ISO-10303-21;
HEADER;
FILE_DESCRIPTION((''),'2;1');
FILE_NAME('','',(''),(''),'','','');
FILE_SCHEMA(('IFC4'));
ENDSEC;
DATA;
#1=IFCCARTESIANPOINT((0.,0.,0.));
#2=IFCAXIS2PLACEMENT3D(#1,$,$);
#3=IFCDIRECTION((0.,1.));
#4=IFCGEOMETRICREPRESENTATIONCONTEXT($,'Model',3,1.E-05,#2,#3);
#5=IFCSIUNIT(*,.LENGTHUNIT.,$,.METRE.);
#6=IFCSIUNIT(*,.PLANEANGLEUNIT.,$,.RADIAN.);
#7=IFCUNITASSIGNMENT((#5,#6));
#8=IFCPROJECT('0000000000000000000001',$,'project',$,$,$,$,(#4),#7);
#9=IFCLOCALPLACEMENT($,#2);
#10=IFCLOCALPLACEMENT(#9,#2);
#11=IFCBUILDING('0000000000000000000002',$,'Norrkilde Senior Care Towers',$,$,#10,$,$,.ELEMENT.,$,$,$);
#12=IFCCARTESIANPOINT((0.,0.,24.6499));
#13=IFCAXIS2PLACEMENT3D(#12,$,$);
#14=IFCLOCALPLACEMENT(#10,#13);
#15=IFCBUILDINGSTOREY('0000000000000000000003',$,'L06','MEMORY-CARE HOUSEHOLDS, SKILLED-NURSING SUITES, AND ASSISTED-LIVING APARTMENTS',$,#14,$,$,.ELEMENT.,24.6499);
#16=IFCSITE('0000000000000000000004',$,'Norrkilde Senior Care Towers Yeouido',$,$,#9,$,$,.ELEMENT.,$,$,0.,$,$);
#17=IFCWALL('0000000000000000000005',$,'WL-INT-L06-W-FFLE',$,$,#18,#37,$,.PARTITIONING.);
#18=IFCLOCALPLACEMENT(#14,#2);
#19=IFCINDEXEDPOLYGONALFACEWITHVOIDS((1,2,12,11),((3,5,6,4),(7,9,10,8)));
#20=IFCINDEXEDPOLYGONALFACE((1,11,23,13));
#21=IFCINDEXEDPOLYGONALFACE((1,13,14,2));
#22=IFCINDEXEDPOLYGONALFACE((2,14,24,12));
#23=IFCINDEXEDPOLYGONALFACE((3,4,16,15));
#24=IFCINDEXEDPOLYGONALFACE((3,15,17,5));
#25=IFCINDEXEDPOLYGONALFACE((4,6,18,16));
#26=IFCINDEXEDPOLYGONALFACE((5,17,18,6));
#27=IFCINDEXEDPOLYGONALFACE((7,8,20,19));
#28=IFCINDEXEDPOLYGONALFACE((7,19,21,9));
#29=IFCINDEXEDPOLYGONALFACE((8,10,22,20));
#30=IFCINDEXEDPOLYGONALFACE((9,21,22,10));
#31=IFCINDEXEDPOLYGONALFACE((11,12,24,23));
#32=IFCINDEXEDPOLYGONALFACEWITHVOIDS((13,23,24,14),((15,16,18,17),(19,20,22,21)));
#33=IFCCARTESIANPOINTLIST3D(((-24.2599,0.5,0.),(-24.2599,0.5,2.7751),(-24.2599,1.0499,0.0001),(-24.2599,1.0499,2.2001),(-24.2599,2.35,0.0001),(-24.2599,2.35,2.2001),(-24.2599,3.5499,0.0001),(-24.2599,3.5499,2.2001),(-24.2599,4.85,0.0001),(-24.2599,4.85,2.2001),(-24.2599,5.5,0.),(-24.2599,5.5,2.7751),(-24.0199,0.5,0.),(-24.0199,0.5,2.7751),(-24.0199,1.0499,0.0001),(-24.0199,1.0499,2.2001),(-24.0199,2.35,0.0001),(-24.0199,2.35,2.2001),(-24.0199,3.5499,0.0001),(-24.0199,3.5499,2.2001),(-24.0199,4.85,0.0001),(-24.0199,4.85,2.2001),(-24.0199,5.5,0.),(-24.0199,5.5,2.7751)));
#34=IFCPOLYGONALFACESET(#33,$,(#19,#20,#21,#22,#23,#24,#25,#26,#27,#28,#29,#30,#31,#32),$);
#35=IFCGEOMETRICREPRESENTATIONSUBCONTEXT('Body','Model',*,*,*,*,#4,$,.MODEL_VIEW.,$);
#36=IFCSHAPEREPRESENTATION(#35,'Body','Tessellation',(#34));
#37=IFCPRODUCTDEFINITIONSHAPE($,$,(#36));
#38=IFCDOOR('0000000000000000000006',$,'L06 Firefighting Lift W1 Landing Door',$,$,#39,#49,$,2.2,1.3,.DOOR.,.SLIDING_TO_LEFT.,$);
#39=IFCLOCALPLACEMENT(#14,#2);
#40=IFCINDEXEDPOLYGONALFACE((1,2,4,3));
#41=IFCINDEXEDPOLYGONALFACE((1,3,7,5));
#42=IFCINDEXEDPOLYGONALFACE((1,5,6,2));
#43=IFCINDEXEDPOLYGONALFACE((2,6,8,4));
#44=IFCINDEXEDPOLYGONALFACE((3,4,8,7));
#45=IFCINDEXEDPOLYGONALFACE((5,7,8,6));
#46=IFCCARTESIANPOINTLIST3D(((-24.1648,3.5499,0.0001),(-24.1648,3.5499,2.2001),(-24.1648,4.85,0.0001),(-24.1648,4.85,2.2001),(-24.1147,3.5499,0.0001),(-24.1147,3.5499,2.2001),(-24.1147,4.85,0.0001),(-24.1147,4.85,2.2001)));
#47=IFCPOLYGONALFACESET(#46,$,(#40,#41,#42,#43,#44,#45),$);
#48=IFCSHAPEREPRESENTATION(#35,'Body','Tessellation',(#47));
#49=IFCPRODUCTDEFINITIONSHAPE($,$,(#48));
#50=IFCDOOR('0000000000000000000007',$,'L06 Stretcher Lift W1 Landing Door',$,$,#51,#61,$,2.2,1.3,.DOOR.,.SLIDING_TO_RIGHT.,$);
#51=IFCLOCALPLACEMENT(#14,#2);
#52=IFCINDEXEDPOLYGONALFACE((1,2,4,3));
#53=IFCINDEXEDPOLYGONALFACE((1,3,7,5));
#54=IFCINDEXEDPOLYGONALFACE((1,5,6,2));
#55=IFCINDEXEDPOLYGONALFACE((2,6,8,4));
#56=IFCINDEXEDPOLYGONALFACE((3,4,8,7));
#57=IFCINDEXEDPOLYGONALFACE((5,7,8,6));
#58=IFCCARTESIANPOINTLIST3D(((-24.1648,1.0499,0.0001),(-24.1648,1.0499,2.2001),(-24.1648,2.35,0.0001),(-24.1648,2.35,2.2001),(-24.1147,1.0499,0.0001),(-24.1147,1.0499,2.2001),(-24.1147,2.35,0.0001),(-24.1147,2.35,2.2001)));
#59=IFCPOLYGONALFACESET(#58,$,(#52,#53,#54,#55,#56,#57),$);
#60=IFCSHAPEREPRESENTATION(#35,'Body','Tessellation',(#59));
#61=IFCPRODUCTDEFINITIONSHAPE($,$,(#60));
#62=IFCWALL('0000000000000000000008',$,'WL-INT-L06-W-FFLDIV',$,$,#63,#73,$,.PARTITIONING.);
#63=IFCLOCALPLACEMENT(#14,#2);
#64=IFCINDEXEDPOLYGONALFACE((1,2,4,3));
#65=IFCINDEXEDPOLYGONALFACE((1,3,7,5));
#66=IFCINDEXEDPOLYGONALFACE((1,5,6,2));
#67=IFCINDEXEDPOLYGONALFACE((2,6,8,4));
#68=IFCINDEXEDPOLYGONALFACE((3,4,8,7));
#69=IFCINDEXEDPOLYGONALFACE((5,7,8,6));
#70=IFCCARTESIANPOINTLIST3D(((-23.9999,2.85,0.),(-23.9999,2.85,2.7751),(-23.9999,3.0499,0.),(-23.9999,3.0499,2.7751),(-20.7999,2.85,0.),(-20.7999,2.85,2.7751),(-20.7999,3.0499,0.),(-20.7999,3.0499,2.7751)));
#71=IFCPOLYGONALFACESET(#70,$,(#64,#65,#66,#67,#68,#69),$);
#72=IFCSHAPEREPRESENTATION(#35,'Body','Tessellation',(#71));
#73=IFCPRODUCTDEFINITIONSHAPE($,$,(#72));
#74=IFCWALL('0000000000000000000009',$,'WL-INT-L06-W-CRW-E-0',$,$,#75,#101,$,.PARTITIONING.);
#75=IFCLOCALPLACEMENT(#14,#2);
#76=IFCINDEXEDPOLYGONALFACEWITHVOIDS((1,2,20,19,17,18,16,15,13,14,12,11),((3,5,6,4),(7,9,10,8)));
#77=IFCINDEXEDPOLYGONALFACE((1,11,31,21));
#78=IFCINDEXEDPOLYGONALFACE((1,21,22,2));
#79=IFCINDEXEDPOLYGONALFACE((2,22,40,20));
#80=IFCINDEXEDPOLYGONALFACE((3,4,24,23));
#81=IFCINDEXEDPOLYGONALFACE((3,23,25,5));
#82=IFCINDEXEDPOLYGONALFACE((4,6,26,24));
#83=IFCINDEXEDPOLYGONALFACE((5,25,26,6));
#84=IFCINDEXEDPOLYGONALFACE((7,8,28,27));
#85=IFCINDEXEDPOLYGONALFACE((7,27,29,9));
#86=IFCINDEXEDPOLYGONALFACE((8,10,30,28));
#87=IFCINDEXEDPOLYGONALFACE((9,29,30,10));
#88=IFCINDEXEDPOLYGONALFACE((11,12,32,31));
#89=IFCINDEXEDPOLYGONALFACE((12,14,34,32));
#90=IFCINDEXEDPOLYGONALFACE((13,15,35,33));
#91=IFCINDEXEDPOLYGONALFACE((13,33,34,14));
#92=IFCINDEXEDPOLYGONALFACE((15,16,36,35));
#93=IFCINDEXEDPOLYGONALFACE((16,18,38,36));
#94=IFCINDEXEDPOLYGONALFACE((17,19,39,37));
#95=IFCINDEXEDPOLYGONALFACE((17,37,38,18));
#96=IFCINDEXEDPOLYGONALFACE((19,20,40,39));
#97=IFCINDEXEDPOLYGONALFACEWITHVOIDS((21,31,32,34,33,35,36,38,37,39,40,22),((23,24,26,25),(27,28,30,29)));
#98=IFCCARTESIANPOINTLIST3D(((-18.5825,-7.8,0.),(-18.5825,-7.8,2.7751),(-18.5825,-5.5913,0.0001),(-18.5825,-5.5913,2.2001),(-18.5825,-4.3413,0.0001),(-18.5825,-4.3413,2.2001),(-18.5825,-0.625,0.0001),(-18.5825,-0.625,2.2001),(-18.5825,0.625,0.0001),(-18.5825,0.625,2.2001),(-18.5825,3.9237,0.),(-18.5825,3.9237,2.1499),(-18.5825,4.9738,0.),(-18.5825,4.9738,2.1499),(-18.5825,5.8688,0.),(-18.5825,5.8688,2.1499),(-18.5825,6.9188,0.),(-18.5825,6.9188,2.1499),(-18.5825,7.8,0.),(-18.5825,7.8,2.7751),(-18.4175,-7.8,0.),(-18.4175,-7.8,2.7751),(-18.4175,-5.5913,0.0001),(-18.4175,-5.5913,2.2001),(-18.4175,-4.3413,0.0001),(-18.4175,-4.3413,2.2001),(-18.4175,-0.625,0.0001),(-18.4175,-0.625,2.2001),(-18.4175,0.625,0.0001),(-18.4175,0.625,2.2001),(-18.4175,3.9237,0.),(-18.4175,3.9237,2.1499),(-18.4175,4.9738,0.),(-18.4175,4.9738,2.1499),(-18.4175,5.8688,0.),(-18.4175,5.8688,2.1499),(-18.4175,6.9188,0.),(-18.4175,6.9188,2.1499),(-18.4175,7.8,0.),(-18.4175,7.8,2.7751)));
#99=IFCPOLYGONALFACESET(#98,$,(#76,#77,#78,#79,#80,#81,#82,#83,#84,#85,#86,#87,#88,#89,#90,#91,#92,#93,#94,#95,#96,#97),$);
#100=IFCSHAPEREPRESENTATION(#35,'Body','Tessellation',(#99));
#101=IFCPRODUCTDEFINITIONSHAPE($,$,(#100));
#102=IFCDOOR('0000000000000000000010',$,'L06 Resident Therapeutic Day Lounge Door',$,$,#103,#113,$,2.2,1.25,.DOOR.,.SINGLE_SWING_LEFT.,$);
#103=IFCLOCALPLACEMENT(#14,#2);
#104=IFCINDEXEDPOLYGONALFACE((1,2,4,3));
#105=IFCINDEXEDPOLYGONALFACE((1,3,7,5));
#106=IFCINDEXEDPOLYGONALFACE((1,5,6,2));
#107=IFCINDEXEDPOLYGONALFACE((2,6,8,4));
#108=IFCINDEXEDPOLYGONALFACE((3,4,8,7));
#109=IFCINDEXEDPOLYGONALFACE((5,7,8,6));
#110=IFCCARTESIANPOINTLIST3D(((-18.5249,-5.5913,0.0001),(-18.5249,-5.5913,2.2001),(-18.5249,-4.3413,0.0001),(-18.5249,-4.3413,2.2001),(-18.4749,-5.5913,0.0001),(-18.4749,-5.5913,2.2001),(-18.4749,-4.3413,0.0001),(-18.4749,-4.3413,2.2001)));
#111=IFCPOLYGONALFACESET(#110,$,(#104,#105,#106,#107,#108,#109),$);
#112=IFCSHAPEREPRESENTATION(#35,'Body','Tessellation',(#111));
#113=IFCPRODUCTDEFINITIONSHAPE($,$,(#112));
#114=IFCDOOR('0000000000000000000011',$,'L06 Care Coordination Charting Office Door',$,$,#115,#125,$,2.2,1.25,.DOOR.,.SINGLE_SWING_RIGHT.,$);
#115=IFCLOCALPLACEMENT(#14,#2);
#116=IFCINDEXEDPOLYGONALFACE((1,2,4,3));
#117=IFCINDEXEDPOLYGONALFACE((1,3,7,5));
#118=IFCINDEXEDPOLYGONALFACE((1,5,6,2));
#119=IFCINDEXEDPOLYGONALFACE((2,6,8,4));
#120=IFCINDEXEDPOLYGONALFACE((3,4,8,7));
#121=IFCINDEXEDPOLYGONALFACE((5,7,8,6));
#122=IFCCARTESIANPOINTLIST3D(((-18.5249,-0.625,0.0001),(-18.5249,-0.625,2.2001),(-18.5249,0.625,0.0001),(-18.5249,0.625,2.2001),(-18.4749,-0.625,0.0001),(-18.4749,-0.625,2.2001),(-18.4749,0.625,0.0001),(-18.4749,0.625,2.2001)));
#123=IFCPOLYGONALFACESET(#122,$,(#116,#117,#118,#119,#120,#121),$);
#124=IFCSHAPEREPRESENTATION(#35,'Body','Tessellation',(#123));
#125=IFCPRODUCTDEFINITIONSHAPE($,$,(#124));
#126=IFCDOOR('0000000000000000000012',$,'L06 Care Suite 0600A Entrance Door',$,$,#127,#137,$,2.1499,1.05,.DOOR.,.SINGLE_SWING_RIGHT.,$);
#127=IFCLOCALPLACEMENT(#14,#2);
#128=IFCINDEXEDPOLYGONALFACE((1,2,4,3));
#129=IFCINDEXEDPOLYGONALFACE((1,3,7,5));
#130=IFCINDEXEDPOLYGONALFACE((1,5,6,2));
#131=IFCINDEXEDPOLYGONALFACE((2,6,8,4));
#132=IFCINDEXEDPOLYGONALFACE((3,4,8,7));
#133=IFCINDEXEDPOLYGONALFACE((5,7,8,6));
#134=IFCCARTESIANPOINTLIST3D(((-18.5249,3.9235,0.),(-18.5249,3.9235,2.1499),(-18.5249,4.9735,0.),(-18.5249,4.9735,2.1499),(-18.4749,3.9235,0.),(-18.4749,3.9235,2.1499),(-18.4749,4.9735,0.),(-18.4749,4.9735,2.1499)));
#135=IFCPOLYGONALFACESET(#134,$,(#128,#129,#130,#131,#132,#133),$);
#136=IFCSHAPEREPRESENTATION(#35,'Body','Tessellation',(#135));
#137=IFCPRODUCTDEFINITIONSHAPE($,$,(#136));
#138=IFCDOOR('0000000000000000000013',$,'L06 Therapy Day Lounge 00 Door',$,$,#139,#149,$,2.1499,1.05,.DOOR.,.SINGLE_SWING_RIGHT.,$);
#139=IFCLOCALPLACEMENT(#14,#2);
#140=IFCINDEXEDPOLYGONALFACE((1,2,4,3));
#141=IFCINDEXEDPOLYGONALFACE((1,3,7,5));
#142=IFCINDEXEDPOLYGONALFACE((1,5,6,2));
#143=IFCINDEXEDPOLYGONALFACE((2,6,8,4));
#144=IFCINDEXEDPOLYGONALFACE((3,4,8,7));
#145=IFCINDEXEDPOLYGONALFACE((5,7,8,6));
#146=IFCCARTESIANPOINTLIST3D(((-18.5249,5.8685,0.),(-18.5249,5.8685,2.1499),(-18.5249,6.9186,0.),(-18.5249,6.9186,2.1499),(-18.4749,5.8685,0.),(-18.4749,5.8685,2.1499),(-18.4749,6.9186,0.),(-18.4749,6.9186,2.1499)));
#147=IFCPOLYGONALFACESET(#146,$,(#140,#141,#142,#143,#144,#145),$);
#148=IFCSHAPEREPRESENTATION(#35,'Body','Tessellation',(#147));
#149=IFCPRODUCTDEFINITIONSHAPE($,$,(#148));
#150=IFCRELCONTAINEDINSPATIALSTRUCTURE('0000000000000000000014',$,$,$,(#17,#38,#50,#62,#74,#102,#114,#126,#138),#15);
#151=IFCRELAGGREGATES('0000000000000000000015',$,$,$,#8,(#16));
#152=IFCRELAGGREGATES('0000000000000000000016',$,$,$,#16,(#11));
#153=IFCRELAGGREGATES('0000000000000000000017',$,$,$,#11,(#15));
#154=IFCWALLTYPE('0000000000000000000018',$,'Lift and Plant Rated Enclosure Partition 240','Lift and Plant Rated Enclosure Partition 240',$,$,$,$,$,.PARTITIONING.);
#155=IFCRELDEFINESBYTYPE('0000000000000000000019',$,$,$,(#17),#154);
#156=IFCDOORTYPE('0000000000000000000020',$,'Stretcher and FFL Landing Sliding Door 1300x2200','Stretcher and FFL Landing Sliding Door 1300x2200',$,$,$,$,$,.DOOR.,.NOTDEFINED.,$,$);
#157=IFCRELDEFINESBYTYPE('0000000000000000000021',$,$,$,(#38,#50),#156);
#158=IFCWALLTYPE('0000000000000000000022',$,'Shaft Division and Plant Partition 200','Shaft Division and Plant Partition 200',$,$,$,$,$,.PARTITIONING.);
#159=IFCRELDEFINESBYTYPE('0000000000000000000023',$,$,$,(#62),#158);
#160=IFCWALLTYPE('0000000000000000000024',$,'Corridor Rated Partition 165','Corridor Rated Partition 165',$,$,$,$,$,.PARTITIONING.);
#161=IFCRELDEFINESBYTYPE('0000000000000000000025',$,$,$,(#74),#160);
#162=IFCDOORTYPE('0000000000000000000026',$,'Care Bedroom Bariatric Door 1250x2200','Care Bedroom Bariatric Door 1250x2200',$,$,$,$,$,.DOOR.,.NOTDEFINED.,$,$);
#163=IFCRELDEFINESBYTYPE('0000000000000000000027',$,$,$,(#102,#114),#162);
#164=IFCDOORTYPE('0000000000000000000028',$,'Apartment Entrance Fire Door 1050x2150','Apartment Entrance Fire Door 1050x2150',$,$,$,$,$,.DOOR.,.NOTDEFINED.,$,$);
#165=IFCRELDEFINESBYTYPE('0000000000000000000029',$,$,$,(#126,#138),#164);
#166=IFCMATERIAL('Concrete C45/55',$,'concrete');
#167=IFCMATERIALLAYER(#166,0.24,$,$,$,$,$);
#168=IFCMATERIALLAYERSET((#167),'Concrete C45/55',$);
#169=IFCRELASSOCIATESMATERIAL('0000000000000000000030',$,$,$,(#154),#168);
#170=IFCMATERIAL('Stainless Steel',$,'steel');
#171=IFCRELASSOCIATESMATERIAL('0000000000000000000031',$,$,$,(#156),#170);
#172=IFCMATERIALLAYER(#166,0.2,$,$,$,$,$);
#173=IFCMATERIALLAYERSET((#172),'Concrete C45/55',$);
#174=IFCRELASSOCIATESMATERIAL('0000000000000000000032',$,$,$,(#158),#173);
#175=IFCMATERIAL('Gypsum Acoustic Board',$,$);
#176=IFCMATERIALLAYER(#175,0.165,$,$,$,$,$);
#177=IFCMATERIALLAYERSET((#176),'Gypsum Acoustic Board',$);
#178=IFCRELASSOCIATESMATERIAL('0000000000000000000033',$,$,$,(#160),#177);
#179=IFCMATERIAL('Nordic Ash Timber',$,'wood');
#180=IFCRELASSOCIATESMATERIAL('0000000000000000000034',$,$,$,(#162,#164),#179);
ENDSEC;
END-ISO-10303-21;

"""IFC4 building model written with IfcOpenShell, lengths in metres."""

from ifc_helpers import new_model, si_unit, direction, frame, frame_2d, origin, place, context, subcontext, project, spatial, rectangle, extrude, source, transform, mapped, material, layer, layer_set, type_object, type_shapes, element, fill, save


model = new_model("IFC4")

# Units and contexts
model_context = context("Model", 3, precision=1e-05, world=origin(), true_north=direction((0.0, 1.0)))
body_context = subcontext(model_context, "Body", "Model", "MODEL_VIEW")
ifc_project = project(units=[si_unit("LENGTHUNIT", "METRE"), si_unit("PLANEANGLEUNIT", "RADIAN")], contexts=[model_context])

# Site, building, storey
site_placement = place(None, origin())
site = spatial("IfcSite", under=ifc_project, at=site_placement, Name="Norrkilde Senior Care Towers Yeouido", CompositionType="ELEMENT", RefElevation=0.0)
building_placement = place(site_placement, origin())
building = spatial("IfcBuilding", under=site, at=building_placement, Name="Norrkilde Senior Care Towers", CompositionType="ELEMENT")
storey_placement = place(building_placement, frame((0.0, 0.0, 24.6499)))
storey = spatial("IfcBuildingStorey", under=building, at=storey_placement, Name="L06", Description="MEMORY-CARE HOUSEHOLDS, SKILLED-NURSING SUITES, AND ASSISTED-LIVING APARTMENTS", CompositionType="ELEMENT", Elevation=24.6499)

# Shared definitions
ifc_material_1 = material(Name="Concrete C45/55", Category="concrete")

# Wall, openings, doors
ifc_layer_1 = layer(ifc_material_1, 0.24)
ifc_layer_set_1 = layer_set([ifc_layer_1], Name="Concrete C45/55")
wall_type_1 = type_object("IfcWallType", Name="Lift and Plant Rated Enclosure Partition 240", Description="Lift and Plant Rated Enclosure Partition 240", PredefinedType="PARTITIONING", material=ifc_layer_set_1)
shared_shape_1 = source(origin(), body_context, "Body", "SweptSolid", [
    extrude(rectangle(XDim=5.0, YDim=0.24, at=frame_2d((2.5, 0.0))), origin(), (0.0, 0.0, 1.0), 2.7751),
])
type_shapes(wall_type_1, [shared_shape_1])
wall_1_placement = place(storey_placement, frame((-24.1399, 0.5, 0.0), z_axis=(0.0, 0.0, 1.0), x_axis=(0.0, 1.0, 0.0)))
wall_1 = element("IfcWall", 1, at=wall_1_placement, inside=storey, type_object=wall_type_1, Name="WL-INT-L06-W-FFLE", PredefinedType="PARTITIONING", context=body_context, shape_type="MappedRepresentation", body=[
    mapped(shared_shape_1, transform((0.0, 0.0, 0.0), x_axis=(1.0, 0.0, 0.0), y_axis=(0.0, 1.0, 0.0), z_axis=(0.0, 0.0, 1.0), scale=1.0)),
])
opening_1_placement = place(wall_1_placement, frame((3.05, 0.0, 0.0)))
opening_1 = element("IfcOpeningElement", 2, at=opening_1_placement, cuts=wall_1, PredefinedType="OPENING", context=body_context, shape_type="SweptSolid", body=[
    extrude(rectangle(XDim=1.3, YDim=2.2, at=frame_2d((0.6499, 1.1001))), frame((0.0, 0.1299, 0.0), z_axis=(0.0, -1.0, 0.0), x_axis=(1.0, 0.0, 0.0)), (0.0, 0.0, 1.0), 0.26),
])
opening_2_placement = place(wall_1_placement, frame((0.55, 0.0, 0.0)))
opening_2 = element("IfcOpeningElement", 3, at=opening_2_placement, cuts=wall_1, PredefinedType="OPENING", context=body_context, shape_type="SweptSolid", body=[
    extrude(rectangle(XDim=1.3, YDim=2.2, at=frame_2d((0.6499, 1.1001))), frame((0.0, 0.1299, 0.0), z_axis=(0.0, -1.0, 0.0), x_axis=(1.0, 0.0, 0.0)), (0.0, 0.0, 1.0), 0.26),
])
ifc_material_2 = material(Name="Stainless Steel", Category="steel")
door_type_1 = type_object("IfcDoorType", Name="Stretcher and FFL Landing Sliding Door 1300x2200", Description="Stretcher and FFL Landing Sliding Door 1300x2200", OperationType="NOTDEFINED", PredefinedType="DOOR", material=ifc_material_2)
shared_shape_2 = source(origin(), body_context, "Body", "SweptSolid", [
    extrude(rectangle(XDim=1.3, YDim=2.2, at=frame_2d((0.6499, 1.1001))), frame((0.0, 0.0249, 0.0), z_axis=(0.0, -1.0, 0.0), x_axis=(1.0, 0.0, 0.0)), (0.0, 0.0, 1.0), 0.05),
])
type_shapes(door_type_1, [shared_shape_2])
door_1_placement = place(opening_1_placement, origin())
door_1 = element("IfcDoor", 4, at=door_1_placement, inside=storey, type_object=door_type_1, Name="L06 Firefighting Lift W1 Landing Door", OperationType="SLIDING_TO_LEFT", OverallHeight=2.2, OverallWidth=1.3, PredefinedType="DOOR", context=body_context, shape_type="MappedRepresentation", body=[
    mapped(shared_shape_2, transform((0.0, 0.0, 0.0), x_axis=(1.0, 0.0, 0.0), y_axis=(0.0, 1.0, 0.0), z_axis=(0.0, 0.0, 1.0), scale=1.0)),
])
fill(opening_1, door_1)
door_2_placement = place(opening_2_placement, origin())
door_2 = element("IfcDoor", 5, at=door_2_placement, inside=storey, type_object=door_type_1, Name="L06 Stretcher Lift W1 Landing Door", OperationType="SLIDING_TO_RIGHT", OverallHeight=2.2, OverallWidth=1.3, PredefinedType="DOOR", context=body_context, shape_type="MappedRepresentation", body=[
    mapped(shared_shape_2, transform((0.0, 0.0, 0.0), x_axis=(1.0, 0.0, 0.0), y_axis=(0.0, 1.0, 0.0), z_axis=(0.0, 0.0, 1.0), scale=1.0)),
])
fill(opening_2, door_2)

# Wall
ifc_layer_2 = layer(ifc_material_1, 0.2)
ifc_layer_set_2 = layer_set([ifc_layer_2], Name="Concrete C45/55")
wall_type_2 = type_object("IfcWallType", Name="Shaft Division and Plant Partition 200", Description="Shaft Division and Plant Partition 200", PredefinedType="PARTITIONING", material=ifc_layer_set_2)
shared_shape_3 = source(origin(), body_context, "Body", "SweptSolid", [
    extrude(rectangle(XDim=3.2, YDim=0.2, at=frame_2d((1.6001, 0.0))), origin(), (0.0, 0.0, 1.0), 2.7751),
])
type_shapes(wall_type_2, [shared_shape_3])
wall_2_placement = place(storey_placement, frame((-24.0, 2.95, 0.0), z_axis=(0.0, 0.0, 1.0), x_axis=(1.0, 0.0, 0.0)))
element("IfcWall", 6, at=wall_2_placement, inside=storey, type_object=wall_type_2, Name="WL-INT-L06-W-FFLDIV", PredefinedType="PARTITIONING", context=body_context, shape_type="MappedRepresentation", body=[
    mapped(shared_shape_3, transform((0.0, 0.0, 0.0), x_axis=(1.0, 0.0, 0.0), y_axis=(0.0, 1.0, 0.0), z_axis=(0.0, 0.0, 1.0), scale=1.0)),
])

# Wall, openings, doors
ifc_material_3 = material(Name="Gypsum Acoustic Board")
ifc_layer_3 = layer(ifc_material_3, 0.165)
ifc_layer_set_3 = layer_set([ifc_layer_3], Name="Gypsum Acoustic Board")
wall_type_3 = type_object("IfcWallType", Name="Corridor Rated Partition 165", Description="Corridor Rated Partition 165", PredefinedType="PARTITIONING", material=ifc_layer_set_3)
shared_shape_4 = source(origin(), body_context, "Body", "SweptSolid", [
    extrude(rectangle(XDim=15.6001, YDim=0.165, at=frame_2d((7.8, 0.0))), origin(), (0.0, 0.0, 1.0), 2.7751),
])
type_shapes(wall_type_3, [shared_shape_4])
wall_3_placement = place(storey_placement, frame((-18.5, 7.8, 0.0), z_axis=(0.0, 0.0, 1.0), x_axis=(0.0, -1.0, 0.0)))
wall_3 = element("IfcWall", 7, at=wall_3_placement, inside=storey, type_object=wall_type_3, Name="WL-INT-L06-W-CRW-E-0", PredefinedType="PARTITIONING", context=body_context, shape_type="MappedRepresentation", body=[
    mapped(shared_shape_4, transform((0.0, 0.0, 0.0), x_axis=(1.0, 0.0, 0.0), y_axis=(0.0, 1.0, 0.0), z_axis=(0.0, 0.0, 1.0), scale=1.0)),
])
opening_3_placement = place(wall_3_placement, frame((12.1414, 0.0, 0.0)))
opening_3 = element("IfcOpeningElement", 8, at=opening_3_placement, cuts=wall_3, PredefinedType="OPENING", context=body_context, shape_type="SweptSolid", body=[
    extrude(rectangle(XDim=1.25, YDim=2.2, at=frame_2d((0.625, 1.1001))), frame((0.0, 0.0925, 0.0), z_axis=(0.0, -1.0, 0.0), x_axis=(1.0, 0.0, 0.0)), (0.0, 0.0, 1.0), 0.1851),
])
opening_4_placement = place(wall_3_placement, frame((7.175, 0.0, 0.0)))
opening_4 = element("IfcOpeningElement", 9, at=opening_4_placement, cuts=wall_3, PredefinedType="OPENING", context=body_context, shape_type="SweptSolid", body=[
    extrude(rectangle(XDim=1.25, YDim=2.2, at=frame_2d((0.625, 1.1001))), frame((0.0, 0.0925, 0.0), z_axis=(0.0, -1.0, 0.0), x_axis=(1.0, 0.0, 0.0)), (0.0, 0.0, 1.0), 0.1851),
])
opening_5_placement = place(wall_3_placement, frame((2.8264, 0.0, 0.0)))
opening_5 = element("IfcOpeningElement", 10, at=opening_5_placement, cuts=wall_3, PredefinedType="OPENING", context=body_context, shape_type="SweptSolid", body=[
    extrude(rectangle(XDim=1.05, YDim=2.1499, at=frame_2d((0.5249, 1.075))), frame((0.0, 0.0925, 0.0), z_axis=(0.0, -1.0, 0.0), x_axis=(1.0, 0.0, 0.0)), (0.0, 0.0, 1.0), 0.1851),
])
opening_6_placement = place(wall_3_placement, frame((0.8813, 0.0, 0.0)))
opening_6 = element("IfcOpeningElement", 11, at=opening_6_placement, cuts=wall_3, PredefinedType="OPENING", context=body_context, shape_type="SweptSolid", body=[
    extrude(rectangle(XDim=1.05, YDim=2.1499, at=frame_2d((0.5249, 1.075))), frame((0.0, 0.0925, 0.0), z_axis=(0.0, -1.0, 0.0), x_axis=(1.0, 0.0, 0.0)), (0.0, 0.0, 1.0), 0.1851),
])
ifc_material_4 = material(Name="Nordic Ash Timber", Category="wood")
door_type_2 = type_object("IfcDoorType", Name="Care Bedroom Bariatric Door 1250x2200", Description="Care Bedroom Bariatric Door 1250x2200", OperationType="NOTDEFINED", PredefinedType="DOOR", material=ifc_material_4)
shared_shape_5 = source(origin(), body_context, "Body", "SweptSolid", [
    extrude(rectangle(XDim=1.25, YDim=2.2, at=frame_2d((0.625, 1.1001))), frame((0.0, 0.0249, 0.0), z_axis=(0.0, -1.0, 0.0), x_axis=(1.0, 0.0, 0.0)), (0.0, 0.0, 1.0), 0.05),
])
type_shapes(door_type_2, [shared_shape_5])
door_3_placement = place(opening_3_placement, frame((1.25, 0.0, 0.0), z_axis=(0.0, 0.0, 1.0), x_axis=(-1.0, 0.0, 0.0)))
door_3 = element("IfcDoor", 12, at=door_3_placement, inside=storey, type_object=door_type_2, Name="L06 Resident Therapeutic Day Lounge Door", OperationType="SINGLE_SWING_LEFT", OverallHeight=2.2, OverallWidth=1.25, PredefinedType="DOOR", context=body_context, shape_type="MappedRepresentation", body=[
    mapped(shared_shape_5, transform((0.0, 0.0, 0.0), x_axis=(1.0, 0.0, 0.0), y_axis=(0.0, 1.0, 0.0), z_axis=(0.0, 0.0, 1.0), scale=1.0)),
])
fill(opening_3, door_3)
door_4_placement = place(opening_4_placement, frame((1.25, 0.0, 0.0), z_axis=(0.0, 0.0, 1.0), x_axis=(-1.0, 0.0, 0.0)))
door_4 = element("IfcDoor", 13, at=door_4_placement, inside=storey, type_object=door_type_2, Name="L06 Care Coordination Charting Office Door", OperationType="SINGLE_SWING_RIGHT", OverallHeight=2.2, OverallWidth=1.25, PredefinedType="DOOR", context=body_context, shape_type="MappedRepresentation", body=[
    mapped(shared_shape_5, transform((0.0, 0.0, 0.0), x_axis=(1.0, 0.0, 0.0), y_axis=(0.0, 1.0, 0.0), z_axis=(0.0, 0.0, 1.0), scale=1.0)),
])
fill(opening_4, door_4)
door_type_3 = type_object("IfcDoorType", Name="Apartment Entrance Fire Door 1050x2150", Description="Apartment Entrance Fire Door 1050x2150", OperationType="NOTDEFINED", PredefinedType="DOOR", material=ifc_material_4)
shared_shape_6 = source(origin(), body_context, "Body", "SweptSolid", [
    extrude(rectangle(XDim=1.05, YDim=2.1499, at=frame_2d((0.5249, 1.075))), frame((0.0, 0.0249, 0.0), z_axis=(0.0, -1.0, 0.0), x_axis=(1.0, 0.0, 0.0)), (0.0, 0.0, 1.0), 0.05),
])
type_shapes(door_type_3, [shared_shape_6])
door_5_placement = place(opening_5_placement, frame((1.05, 0.0, 0.0), z_axis=(0.0, 0.0, 1.0), x_axis=(-1.0, 0.0, 0.0)))
door_5 = element("IfcDoor", 14, at=door_5_placement, inside=storey, type_object=door_type_3, Name="L06 Care Suite 0600A Entrance Door", OperationType="SINGLE_SWING_RIGHT", OverallHeight=2.1499, OverallWidth=1.05, PredefinedType="DOOR", context=body_context, shape_type="MappedRepresentation", body=[
    mapped(shared_shape_6, transform((0.0, 0.0, 0.0), x_axis=(1.0, 0.0, 0.0), y_axis=(0.0, 1.0, 0.0), z_axis=(0.0, 0.0, 1.0), scale=1.0)),
])
fill(opening_5, door_5)
door_6_placement = place(opening_6_placement, frame((1.05, 0.0, 0.0), z_axis=(0.0, 0.0, 1.0), x_axis=(-1.0, 0.0, 0.0)))
door_6 = element("IfcDoor", 15, at=door_6_placement, inside=storey, type_object=door_type_3, Name="L06 Therapy Day Lounge 00 Door", OperationType="SINGLE_SWING_RIGHT", OverallHeight=2.1499, OverallWidth=1.05, PredefinedType="DOOR", context=body_context, shape_type="MappedRepresentation", body=[
    mapped(shared_shape_6, transform((0.0, 0.0, 0.0), x_axis=(1.0, 0.0, 0.0), y_axis=(0.0, 1.0, 0.0), z_axis=(0.0, 0.0, 1.0), scale=1.0)),
])
fill(opening_6, door_6)

save(model, "model.ifc")
